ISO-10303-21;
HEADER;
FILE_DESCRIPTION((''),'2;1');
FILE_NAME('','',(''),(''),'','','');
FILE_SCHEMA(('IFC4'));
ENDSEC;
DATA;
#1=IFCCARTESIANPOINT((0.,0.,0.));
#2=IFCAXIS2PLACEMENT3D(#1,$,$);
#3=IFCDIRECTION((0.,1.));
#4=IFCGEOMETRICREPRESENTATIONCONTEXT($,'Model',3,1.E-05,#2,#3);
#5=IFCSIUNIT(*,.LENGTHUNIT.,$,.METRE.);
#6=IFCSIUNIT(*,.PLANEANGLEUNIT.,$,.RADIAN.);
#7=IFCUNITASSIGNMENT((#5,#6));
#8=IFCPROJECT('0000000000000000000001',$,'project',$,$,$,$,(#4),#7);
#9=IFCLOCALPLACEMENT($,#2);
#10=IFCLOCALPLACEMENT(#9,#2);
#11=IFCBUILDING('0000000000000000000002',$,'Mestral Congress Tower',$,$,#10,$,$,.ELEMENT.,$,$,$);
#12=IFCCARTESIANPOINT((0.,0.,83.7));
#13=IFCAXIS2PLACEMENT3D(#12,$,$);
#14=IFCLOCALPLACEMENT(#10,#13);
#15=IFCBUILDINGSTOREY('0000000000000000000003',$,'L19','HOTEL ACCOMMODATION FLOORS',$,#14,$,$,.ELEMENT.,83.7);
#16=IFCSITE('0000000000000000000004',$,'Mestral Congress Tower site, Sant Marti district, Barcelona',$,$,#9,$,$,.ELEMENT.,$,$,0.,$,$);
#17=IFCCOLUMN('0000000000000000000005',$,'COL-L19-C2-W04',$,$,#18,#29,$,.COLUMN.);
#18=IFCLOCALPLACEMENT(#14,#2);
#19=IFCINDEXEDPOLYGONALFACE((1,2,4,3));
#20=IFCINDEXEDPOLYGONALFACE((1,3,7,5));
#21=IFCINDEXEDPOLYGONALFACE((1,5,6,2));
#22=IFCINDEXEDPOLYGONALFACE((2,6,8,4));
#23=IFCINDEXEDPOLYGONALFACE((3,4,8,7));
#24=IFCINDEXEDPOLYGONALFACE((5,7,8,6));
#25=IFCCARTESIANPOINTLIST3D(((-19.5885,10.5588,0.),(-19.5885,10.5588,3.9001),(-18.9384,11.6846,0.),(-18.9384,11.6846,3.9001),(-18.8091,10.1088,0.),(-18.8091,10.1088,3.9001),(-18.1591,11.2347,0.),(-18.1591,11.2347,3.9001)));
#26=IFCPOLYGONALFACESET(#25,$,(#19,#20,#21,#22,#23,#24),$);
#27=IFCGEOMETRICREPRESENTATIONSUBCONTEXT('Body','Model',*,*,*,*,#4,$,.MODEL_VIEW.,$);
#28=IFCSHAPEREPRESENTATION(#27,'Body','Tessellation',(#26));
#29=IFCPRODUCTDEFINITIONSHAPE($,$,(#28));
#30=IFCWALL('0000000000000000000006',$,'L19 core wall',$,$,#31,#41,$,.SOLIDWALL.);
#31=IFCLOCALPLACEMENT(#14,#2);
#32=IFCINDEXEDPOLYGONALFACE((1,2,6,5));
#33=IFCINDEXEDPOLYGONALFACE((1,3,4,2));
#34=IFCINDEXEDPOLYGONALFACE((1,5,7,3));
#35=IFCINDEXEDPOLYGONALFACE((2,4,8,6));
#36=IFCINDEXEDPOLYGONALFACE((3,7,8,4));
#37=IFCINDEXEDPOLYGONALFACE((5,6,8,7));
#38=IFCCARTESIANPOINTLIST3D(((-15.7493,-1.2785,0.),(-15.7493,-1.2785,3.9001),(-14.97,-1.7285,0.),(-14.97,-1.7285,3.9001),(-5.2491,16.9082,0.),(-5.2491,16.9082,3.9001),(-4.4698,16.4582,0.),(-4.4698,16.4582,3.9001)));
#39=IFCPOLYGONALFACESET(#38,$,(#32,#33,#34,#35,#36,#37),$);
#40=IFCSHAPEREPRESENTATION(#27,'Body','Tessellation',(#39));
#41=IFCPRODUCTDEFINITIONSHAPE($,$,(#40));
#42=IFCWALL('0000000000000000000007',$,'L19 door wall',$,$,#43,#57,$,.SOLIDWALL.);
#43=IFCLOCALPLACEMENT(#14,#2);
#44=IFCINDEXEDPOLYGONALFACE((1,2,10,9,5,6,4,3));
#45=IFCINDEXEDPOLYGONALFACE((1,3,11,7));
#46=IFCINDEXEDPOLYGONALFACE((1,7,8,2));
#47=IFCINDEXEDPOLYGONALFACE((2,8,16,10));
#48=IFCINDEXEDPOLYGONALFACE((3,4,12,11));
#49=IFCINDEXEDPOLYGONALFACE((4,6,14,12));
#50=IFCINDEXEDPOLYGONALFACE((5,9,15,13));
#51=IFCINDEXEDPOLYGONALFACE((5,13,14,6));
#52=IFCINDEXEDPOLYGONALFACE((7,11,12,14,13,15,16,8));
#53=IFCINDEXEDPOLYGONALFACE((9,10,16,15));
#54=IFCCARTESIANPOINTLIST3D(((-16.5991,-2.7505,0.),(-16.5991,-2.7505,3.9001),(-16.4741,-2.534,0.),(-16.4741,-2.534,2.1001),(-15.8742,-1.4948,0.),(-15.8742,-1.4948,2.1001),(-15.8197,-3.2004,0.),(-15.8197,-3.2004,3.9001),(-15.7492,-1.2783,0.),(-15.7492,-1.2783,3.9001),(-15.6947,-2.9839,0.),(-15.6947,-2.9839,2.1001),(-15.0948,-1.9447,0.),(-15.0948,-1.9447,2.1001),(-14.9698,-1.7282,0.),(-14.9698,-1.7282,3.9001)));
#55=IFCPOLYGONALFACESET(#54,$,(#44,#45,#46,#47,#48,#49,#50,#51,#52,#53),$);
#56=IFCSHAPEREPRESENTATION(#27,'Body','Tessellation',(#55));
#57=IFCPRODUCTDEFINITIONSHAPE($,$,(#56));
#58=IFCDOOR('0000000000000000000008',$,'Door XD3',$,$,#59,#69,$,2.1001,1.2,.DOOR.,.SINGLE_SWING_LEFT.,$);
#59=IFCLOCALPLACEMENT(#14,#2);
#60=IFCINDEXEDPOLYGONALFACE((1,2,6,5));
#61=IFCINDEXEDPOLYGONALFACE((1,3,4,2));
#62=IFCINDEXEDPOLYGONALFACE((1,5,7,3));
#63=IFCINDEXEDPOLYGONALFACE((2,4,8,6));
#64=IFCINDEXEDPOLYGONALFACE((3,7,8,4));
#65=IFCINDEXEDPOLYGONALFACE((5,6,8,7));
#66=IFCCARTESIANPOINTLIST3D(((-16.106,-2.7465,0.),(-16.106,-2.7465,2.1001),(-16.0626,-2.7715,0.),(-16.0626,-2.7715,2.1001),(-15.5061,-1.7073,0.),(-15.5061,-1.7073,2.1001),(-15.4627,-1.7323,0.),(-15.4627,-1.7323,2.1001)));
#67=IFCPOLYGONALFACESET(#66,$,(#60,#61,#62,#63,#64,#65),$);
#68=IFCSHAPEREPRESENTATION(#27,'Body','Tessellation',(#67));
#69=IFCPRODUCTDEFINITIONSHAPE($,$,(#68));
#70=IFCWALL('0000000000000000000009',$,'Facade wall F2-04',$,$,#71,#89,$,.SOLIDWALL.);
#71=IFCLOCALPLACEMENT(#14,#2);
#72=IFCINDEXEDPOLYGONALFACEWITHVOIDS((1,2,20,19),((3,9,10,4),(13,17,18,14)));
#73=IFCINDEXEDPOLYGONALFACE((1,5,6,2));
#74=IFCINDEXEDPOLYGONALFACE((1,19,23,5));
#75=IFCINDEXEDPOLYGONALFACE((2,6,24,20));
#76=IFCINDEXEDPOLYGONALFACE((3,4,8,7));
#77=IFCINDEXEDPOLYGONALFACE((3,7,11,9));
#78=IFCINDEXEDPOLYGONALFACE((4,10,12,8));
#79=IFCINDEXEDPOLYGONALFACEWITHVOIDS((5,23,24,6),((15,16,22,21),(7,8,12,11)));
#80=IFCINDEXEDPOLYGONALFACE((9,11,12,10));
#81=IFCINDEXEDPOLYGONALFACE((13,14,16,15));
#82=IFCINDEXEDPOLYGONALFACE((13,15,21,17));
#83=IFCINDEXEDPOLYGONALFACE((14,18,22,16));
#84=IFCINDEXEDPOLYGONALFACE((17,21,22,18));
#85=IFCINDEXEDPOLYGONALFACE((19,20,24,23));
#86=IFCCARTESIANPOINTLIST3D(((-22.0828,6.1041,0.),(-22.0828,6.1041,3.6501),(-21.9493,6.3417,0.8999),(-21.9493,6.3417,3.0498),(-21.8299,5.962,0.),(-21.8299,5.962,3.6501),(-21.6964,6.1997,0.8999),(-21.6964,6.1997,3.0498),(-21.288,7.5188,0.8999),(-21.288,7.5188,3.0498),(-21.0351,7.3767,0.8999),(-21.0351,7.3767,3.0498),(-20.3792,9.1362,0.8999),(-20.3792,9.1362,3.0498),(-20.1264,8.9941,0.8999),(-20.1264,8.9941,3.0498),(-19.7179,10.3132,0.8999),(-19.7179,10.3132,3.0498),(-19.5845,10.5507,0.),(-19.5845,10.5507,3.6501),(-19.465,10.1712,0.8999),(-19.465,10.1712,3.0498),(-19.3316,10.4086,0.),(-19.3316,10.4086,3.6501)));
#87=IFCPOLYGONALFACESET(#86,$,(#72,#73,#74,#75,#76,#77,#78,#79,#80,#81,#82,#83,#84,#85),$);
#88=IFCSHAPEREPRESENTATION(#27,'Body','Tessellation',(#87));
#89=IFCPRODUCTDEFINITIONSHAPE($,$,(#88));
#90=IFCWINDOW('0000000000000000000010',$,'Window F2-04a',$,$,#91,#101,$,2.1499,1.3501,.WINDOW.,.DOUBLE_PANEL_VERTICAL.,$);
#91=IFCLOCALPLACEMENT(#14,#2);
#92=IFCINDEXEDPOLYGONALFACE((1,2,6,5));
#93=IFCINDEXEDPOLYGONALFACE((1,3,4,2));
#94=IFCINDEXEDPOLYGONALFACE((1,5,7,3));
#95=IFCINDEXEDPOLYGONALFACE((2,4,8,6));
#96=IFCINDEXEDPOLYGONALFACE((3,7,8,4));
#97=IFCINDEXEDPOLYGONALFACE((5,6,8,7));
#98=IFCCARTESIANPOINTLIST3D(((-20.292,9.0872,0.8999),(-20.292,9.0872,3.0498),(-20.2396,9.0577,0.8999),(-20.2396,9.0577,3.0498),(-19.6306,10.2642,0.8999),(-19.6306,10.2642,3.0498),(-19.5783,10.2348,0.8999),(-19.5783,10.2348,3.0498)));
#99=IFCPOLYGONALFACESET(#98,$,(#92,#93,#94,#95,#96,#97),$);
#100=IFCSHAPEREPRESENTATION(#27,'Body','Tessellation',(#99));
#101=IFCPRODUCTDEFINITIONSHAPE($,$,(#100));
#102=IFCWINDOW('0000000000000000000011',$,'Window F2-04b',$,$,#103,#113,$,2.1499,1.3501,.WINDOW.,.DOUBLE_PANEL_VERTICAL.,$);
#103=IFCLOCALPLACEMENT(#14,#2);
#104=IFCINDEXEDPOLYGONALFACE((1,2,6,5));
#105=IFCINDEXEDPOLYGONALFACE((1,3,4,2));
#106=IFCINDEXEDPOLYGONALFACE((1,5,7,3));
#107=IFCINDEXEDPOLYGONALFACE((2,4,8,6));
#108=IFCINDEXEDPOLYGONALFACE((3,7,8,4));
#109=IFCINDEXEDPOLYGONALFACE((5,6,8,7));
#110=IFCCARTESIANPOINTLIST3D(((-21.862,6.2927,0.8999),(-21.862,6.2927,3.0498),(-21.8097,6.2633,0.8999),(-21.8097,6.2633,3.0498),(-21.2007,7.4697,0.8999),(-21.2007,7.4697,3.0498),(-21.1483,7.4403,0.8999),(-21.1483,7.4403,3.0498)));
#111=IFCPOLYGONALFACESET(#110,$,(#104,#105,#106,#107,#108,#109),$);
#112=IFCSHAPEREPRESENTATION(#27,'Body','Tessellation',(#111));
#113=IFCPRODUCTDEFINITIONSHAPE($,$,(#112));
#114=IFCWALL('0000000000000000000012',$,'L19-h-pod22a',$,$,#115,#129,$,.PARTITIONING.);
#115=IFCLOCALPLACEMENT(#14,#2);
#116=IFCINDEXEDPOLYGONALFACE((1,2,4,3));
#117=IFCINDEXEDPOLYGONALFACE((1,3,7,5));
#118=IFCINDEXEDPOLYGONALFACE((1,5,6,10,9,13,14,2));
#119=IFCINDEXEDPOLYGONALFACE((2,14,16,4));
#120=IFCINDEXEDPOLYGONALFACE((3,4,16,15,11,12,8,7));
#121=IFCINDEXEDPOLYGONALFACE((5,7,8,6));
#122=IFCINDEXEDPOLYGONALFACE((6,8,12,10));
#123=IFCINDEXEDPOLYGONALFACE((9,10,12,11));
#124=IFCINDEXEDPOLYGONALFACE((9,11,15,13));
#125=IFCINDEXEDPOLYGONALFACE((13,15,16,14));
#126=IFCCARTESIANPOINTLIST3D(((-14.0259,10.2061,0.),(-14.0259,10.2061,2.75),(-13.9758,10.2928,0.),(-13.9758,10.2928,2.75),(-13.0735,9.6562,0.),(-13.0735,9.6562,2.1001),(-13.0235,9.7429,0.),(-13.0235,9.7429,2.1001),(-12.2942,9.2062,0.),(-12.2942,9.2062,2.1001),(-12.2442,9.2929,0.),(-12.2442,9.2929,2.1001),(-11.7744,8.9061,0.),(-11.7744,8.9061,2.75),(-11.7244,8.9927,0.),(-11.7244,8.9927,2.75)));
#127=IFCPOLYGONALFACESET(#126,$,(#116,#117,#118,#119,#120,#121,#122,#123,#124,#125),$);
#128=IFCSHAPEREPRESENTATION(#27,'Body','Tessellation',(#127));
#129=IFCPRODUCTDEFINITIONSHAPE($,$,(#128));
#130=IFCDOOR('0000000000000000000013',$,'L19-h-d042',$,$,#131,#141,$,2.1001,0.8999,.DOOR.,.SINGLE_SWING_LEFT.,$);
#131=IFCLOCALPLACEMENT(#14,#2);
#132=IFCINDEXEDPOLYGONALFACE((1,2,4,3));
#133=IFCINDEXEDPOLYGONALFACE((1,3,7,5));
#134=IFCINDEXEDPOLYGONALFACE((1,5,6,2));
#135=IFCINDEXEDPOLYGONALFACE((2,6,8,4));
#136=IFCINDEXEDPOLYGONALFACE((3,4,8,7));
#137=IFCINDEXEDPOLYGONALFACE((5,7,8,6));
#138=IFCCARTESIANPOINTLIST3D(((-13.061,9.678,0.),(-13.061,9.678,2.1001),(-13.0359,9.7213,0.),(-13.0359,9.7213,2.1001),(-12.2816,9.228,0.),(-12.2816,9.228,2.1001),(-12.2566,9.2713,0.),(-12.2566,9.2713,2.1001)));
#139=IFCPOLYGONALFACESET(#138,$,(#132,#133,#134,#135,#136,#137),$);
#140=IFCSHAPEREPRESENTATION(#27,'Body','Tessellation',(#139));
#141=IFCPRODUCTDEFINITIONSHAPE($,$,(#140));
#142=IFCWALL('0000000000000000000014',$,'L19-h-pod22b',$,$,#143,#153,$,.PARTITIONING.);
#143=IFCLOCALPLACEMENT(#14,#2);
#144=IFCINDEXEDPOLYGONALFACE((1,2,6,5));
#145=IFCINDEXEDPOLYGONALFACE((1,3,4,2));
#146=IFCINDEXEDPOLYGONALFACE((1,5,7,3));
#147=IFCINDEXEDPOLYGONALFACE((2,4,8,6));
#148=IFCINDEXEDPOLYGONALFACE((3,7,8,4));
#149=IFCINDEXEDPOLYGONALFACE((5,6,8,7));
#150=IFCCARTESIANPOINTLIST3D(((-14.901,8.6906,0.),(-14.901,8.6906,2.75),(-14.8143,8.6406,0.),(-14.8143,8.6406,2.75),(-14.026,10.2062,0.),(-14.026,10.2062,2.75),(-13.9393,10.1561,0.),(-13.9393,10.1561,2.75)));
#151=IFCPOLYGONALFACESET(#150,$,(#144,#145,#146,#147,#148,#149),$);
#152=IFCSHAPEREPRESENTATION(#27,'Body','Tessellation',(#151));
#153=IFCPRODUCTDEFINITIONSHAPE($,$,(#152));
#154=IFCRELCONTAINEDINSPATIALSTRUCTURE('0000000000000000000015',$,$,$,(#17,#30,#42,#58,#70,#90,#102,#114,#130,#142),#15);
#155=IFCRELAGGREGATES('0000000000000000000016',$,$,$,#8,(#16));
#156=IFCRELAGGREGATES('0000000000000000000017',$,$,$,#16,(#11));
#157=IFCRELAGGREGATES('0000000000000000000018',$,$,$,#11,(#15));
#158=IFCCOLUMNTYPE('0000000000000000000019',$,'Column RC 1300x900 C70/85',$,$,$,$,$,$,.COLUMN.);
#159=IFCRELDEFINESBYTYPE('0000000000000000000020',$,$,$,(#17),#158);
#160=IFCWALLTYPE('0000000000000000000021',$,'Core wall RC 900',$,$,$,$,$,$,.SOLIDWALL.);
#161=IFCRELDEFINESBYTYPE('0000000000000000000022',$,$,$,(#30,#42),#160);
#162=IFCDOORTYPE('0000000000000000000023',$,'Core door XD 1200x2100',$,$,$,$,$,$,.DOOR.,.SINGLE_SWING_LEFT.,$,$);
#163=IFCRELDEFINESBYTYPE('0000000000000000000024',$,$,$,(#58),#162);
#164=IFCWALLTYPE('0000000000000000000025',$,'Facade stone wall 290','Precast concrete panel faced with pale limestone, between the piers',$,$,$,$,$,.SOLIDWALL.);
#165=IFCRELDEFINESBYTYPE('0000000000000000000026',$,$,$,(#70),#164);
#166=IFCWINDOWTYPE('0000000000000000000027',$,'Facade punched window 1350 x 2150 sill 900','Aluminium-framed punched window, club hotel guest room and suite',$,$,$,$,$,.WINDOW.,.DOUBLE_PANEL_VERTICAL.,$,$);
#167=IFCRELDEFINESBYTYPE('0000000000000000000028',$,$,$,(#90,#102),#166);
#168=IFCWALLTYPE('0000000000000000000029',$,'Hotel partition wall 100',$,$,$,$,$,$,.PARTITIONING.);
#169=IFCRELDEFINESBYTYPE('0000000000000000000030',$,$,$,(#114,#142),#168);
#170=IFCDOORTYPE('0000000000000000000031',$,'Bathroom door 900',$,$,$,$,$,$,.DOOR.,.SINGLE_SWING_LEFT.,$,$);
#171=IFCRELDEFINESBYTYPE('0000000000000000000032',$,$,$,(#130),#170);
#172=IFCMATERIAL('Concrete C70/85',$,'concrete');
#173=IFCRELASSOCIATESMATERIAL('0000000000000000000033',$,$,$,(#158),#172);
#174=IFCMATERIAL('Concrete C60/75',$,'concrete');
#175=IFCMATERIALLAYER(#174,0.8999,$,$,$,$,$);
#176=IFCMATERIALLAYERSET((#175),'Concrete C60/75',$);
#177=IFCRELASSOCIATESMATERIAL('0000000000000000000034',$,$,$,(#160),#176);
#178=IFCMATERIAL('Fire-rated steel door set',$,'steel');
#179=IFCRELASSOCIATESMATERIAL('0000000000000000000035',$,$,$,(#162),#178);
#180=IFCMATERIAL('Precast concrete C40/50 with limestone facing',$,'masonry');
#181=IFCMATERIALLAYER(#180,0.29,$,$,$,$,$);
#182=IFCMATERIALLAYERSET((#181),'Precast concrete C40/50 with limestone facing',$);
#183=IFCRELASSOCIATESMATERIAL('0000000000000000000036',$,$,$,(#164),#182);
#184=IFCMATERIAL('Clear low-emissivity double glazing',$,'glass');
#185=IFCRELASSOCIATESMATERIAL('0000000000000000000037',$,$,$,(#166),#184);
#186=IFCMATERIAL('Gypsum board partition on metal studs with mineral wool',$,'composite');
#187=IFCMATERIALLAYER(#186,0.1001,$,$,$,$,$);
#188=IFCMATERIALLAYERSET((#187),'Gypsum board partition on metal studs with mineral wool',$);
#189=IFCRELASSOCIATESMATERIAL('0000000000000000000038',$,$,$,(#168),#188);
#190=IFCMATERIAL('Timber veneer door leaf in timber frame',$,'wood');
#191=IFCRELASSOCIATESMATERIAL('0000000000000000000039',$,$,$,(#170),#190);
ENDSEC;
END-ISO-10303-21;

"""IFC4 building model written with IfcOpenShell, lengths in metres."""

from ifc_helpers import new_model, si_unit, direction, frame, frame_2d, origin, origin_2d, place, context, subcontext, project, spatial, rectangle, extrude, material, layer, layer_set, material_profile, profile_set, type_object, element, fill, save


model = new_model("IFC4")

# Units and contexts
model_context = context("Model", 3, precision=1e-05, world=origin(), true_north=direction((0.0, 1.0)))
body_context = subcontext(model_context, "Body", "Model", "MODEL_VIEW")
ifc_project = project(units=[si_unit("LENGTHUNIT", "METRE"), si_unit("PLANEANGLEUNIT", "RADIAN")], contexts=[model_context])

# Site, building, storey
site_placement = place(None, origin())
site = spatial("IfcSite", under=ifc_project, at=site_placement, Name="Mestral Congress Tower site, Sant Marti district, Barcelona", CompositionType="ELEMENT", RefElevation=0.0)
building_placement = place(site_placement, origin())
building = spatial("IfcBuilding", under=site, at=building_placement, Name="Mestral Congress Tower", CompositionType="ELEMENT")
storey_placement = place(building_placement, frame((0.0, 0.0, 83.7)))
storey = spatial("IfcBuildingStorey", under=building, at=storey_placement, Name="L19", Description="HOTEL ACCOMMODATION FLOORS", CompositionType="ELEMENT", Elevation=83.7)

# Column
ifc_material_1 = material(Name="Concrete C70/85", Category="concrete")
ifc_material_profile = material_profile(ifc_material_1, rectangle(XDim=1.3, YDim=0.8999, at=origin_2d()), Name="RC 1300x900")
ifc_profile_set = profile_set([ifc_material_profile], Name="Concrete C70/85")
column_type = type_object("IfcColumnType", Name="Column RC 1300x900 C70/85", PredefinedType="COLUMN", material=ifc_profile_set)
column_placement = place(storey_placement, frame((-18.8738, 10.8967, 0.0), z_axis=(0.0, 0.0, 1.0), x_axis=(-0.5, -0.866025, 0.0)))
element("IfcColumn", 1, at=column_placement, inside=storey, type_object=column_type, Name="COL-L19-C2-W04", PredefinedType="COLUMN", context=body_context, shape_type="SweptSolid", body=[
    extrude(rectangle(XDim=1.3, YDim=0.8999, at=origin_2d()), origin(), (0.0, 0.0, 1.0), 3.9001),
])

# Wall
ifc_material_2 = material(Name="Concrete C60/75", Category="concrete")
ifc_layer_1 = layer(ifc_material_2, 0.8999)
ifc_layer_set_1 = layer_set([ifc_layer_1], Name="Concrete C60/75")
wall_type_1 = type_object("IfcWallType", Name="Core wall RC 900", PredefinedType="SOLIDWALL", material=ifc_layer_set_1)
wall_1_placement = place(storey_placement, frame((-15.3596, -1.5034, 0.0), z_axis=(0.0, 0.0, 1.0), x_axis=(0.500004, 0.866023, 0.0)))
element("IfcWall", 2, at=wall_1_placement, inside=storey, type_object=wall_type_1, Name="L19 core wall", PredefinedType="SOLIDWALL", context=body_context, shape_type="SweptSolid", body=[
    extrude(rectangle(XDim=21.0002, YDim=0.8999, at=frame_2d((10.5, 0.0))), origin(), (0.0, 0.0, 1.0), 3.9001),
])

# Wall, opening, door
wall_2_placement = place(storey_placement, frame((-16.2095, -2.9756, 0.0), z_axis=(0.0, 0.0, 1.0), x_axis=(0.499955, 0.866052, 0.0)))
wall_2 = element("IfcWall", 3, at=wall_2_placement, inside=storey, type_object=wall_type_1, Name="L19 door wall", PredefinedType="SOLIDWALL", context=body_context, shape_type="SweptSolid", body=[
    extrude(rectangle(XDim=1.7, YDim=0.8999, at=frame_2d((0.8501, 0.0))), origin(), (0.0, 0.0, 1.0), 3.9001),
])
opening_1_placement = place(wall_2_placement, frame((0.25, 0.0, 0.0)))
opening_1 = element("IfcOpeningElement", 4, at=opening_1_placement, cuts=wall_2, PredefinedType="OPENING", context=body_context, shape_type="SweptSolid", body=[
    extrude(rectangle(XDim=1.2, YDim=2.1001, at=frame_2d((0.6001, 1.05))), frame((0.0, 0.46, 0.0), z_axis=(0.0, -1.0, 0.0), x_axis=(1.0, 0.0, 0.0)), (0.0, 0.0, 1.0), 0.9199),
])
ifc_material_3 = material(Name="Fire-rated steel door set", Category="steel")
door_type_1 = type_object("IfcDoorType", Name="Core door XD 1200x2100", OperationType="SINGLE_SWING_LEFT", PredefinedType="DOOR", material=ifc_material_3)
door_1_placement = place(opening_1_placement, origin())
door_1 = element("IfcDoor", 5, at=door_1_placement, inside=storey, type_object=door_type_1, Name="Door XD3", OperationType="SINGLE_SWING_LEFT", OverallHeight=2.1001, OverallWidth=1.2, PredefinedType="DOOR", context=body_context, shape_type="SweptSolid", body=[
    extrude(rectangle(XDim=1.2, YDim=2.1001, at=frame_2d((0.6001, 1.05))), frame((0.0, 0.0249, 0.0), z_axis=(0.0, -1.0, 0.0), x_axis=(1.0, 0.0, 0.0)), (0.0, 0.0, 1.0), 0.05),
])
fill(opening_1, door_1)

# Wall, openings, windows
ifc_material_4 = material(Name="Precast concrete C40/50 with limestone facing", Category="masonry")
ifc_layer_2 = layer(ifc_material_4, 0.29)
ifc_layer_set_2 = layer_set([ifc_layer_2], Name="Precast concrete C40/50 with limestone facing")
wall_type_2 = type_object("IfcWallType", Name="Facade stone wall 290", Description="Precast concrete panel faced with pale limestone, between the piers", PredefinedType="SOLIDWALL", material=ifc_layer_set_2)
wall_3_placement = place(storey_placement, frame((-19.458, 10.4797, 0.0), z_axis=(0.0, 0.0, 1.0), x_axis=(-0.489832, -0.871817, 0.0)))
wall_3 = element("IfcWall", 6, at=wall_3_placement, inside=storey, type_object=wall_type_2, Name="Facade wall F2-04", PredefinedType="SOLIDWALL", context=body_context, shape_type="SweptSolid", body=[
    extrude(rectangle(XDim=5.1003, YDim=0.29, at=frame_2d((2.5503, 0.0))), origin(), (0.0, 0.0, 1.0), 3.6501),
])
opening_2_placement = place(wall_3_placement, frame((0.2725, 0.0, 0.8999)))
opening_2 = element("IfcOpeningElement", 7, at=opening_2_placement, cuts=wall_3, PredefinedType="OPENING", context=body_context, shape_type="SweptSolid", body=[
    extrude(rectangle(XDim=1.3501, YDim=2.1499, at=frame_2d((0.675, 1.075))), frame((0.0, 0.155, 0.0), z_axis=(0.0, -1.0, 0.0), x_axis=(1.0, 0.0, 0.0)), (0.0, 0.0, 1.0), 0.3101),
])
opening_3_placement = place(wall_3_placement, frame((3.4778, 0.0, 0.8999)))
opening_3 = element("IfcOpeningElement", 8, at=opening_3_placement, cuts=wall_3, PredefinedType="OPENING", context=body_context, shape_type="SweptSolid", body=[
    extrude(rectangle(XDim=1.3501, YDim=2.1499, at=frame_2d((0.675, 1.075))), frame((0.0, 0.155, 0.0), z_axis=(0.0, -1.0, 0.0), x_axis=(1.0, 0.0, 0.0)), (0.0, 0.0, 1.0), 0.3101),
])
ifc_material_5 = material(Name="Clear low-emissivity double glazing", Category="glass")
window_type = type_object("IfcWindowType", Name="Facade punched window 1350 x 2150 sill 900", Description="Aluminium-framed punched window, club hotel guest room and suite", PartitioningType="DOUBLE_PANEL_VERTICAL", PredefinedType="WINDOW", material=ifc_material_5)
window_1_placement = place(opening_2_placement, origin())
window_1 = element("IfcWindow", 9, at=window_1_placement, inside=storey, type_object=window_type, Name="Window F2-04a", OverallHeight=2.1499, OverallWidth=1.3501, PartitioningType="DOUBLE_PANEL_VERTICAL", PredefinedType="WINDOW", context=body_context, shape_type="SweptSolid", body=[
    extrude(rectangle(XDim=1.3501, YDim=2.1499, at=frame_2d((0.675, 1.075))), frame((0.0, 0.0151, 0.0), z_axis=(0.0, -1.0, 0.0), x_axis=(1.0, 0.0, 0.0)), (0.0, 0.0, 1.0), 0.0601),
])
fill(opening_2, window_1)
window_2_placement = place(opening_3_placement, origin())
window_2 = element("IfcWindow", 10, at=window_2_placement, inside=storey, type_object=window_type, Name="Window F2-04b", OverallHeight=2.1499, OverallWidth=1.3501, PartitioningType="DOUBLE_PANEL_VERTICAL", PredefinedType="WINDOW", context=body_context, shape_type="SweptSolid", body=[
    extrude(rectangle(XDim=1.3501, YDim=2.1499, at=frame_2d((0.675, 1.075))), frame((0.0, 0.0151, 0.0), z_axis=(0.0, -1.0, 0.0), x_axis=(1.0, 0.0, 0.0)), (0.0, 0.0, 1.0), 0.0601),
])
fill(opening_3, window_2)

# Wall, opening, door
ifc_material_6 = material(Name="Gypsum board partition on metal studs with mineral wool", Category="composite")
ifc_layer_3 = layer(ifc_material_6, 0.1001)
ifc_layer_set_3 = layer_set([ifc_layer_3], Name="Gypsum board partition on metal studs with mineral wool")
wall_type_3 = type_object("IfcWallType", Name="Hotel partition wall 100", PredefinedType="PARTITIONING", material=ifc_layer_set_3)
wall_4_placement = place(storey_placement, frame((-11.7495, 8.9495, 0.0), z_axis=(0.0, 0.0, 1.0), x_axis=(-0.865998, 0.500048, 0.0)))
wall_4 = element("IfcWall", 11, at=wall_4_placement, inside=storey, type_object=wall_type_3, Name="L19-h-pod22a", PredefinedType="PARTITIONING", context=body_context, shape_type="SweptSolid", body=[
    extrude(rectangle(XDim=2.5999, YDim=0.1001, at=frame_2d((1.2998, 0.0))), origin(), (0.0, 0.0, 1.0), 2.75),
])
opening_4_placement = place(wall_4_placement, frame((0.6001, 0.0, 0.0)))
opening_4 = element("IfcOpeningElement", 12, at=opening_4_placement, cuts=wall_4, PredefinedType="OPENING", context=body_context, shape_type="SweptSolid", body=[
    extrude(rectangle(XDim=0.8999, YDim=2.1001, at=frame_2d((0.45, 1.05))), frame((0.0, 0.0601, 0.0), z_axis=(0.0, -1.0, 0.0), x_axis=(1.0, 0.0, 0.0)), (0.0, 0.0, 1.0), 0.1201),
])
ifc_material_7 = material(Name="Timber veneer door leaf in timber frame", Category="wood")
door_type_2 = type_object("IfcDoorType", Name="Bathroom door 900", OperationType="SINGLE_SWING_LEFT", PredefinedType="DOOR", material=ifc_material_7)
door_2_placement = place(opening_4_placement, origin())
door_2 = element("IfcDoor", 13, at=door_2_placement, inside=storey, type_object=door_type_2, Name="L19-h-d042", OperationType="SINGLE_SWING_LEFT", OverallHeight=2.1001, OverallWidth=0.8999, PredefinedType="DOOR", context=body_context, shape_type="SweptSolid", body=[
    extrude(rectangle(XDim=0.8999, YDim=2.1001, at=frame_2d((0.45, 1.05))), frame((0.0, 0.0249, 0.0), z_axis=(0.0, -1.0, 0.0), x_axis=(1.0, 0.0, 0.0)), (0.0, 0.0, 1.0), 0.05),
])
fill(opening_4, door_2)

# Wall
wall_5_placement = place(storey_placement, frame((-13.9827, 10.1812, 0.0), z_axis=(0.0, 0.0, 1.0), x_axis=(-0.49998, -0.866037, 0.0)))
element("IfcWall", 14, at=wall_5_placement, inside=storey, type_object=wall_type_3, Name="L19-h-pod22b", PredefinedType="PARTITIONING", context=body_context, shape_type="SweptSolid", body=[
    extrude(rectangle(XDim=1.75, YDim=0.1001, at=frame_2d((0.875, 0.0))), origin(), (0.0, 0.0, 1.0), 2.75),
])

save(model, "model.ifc")
